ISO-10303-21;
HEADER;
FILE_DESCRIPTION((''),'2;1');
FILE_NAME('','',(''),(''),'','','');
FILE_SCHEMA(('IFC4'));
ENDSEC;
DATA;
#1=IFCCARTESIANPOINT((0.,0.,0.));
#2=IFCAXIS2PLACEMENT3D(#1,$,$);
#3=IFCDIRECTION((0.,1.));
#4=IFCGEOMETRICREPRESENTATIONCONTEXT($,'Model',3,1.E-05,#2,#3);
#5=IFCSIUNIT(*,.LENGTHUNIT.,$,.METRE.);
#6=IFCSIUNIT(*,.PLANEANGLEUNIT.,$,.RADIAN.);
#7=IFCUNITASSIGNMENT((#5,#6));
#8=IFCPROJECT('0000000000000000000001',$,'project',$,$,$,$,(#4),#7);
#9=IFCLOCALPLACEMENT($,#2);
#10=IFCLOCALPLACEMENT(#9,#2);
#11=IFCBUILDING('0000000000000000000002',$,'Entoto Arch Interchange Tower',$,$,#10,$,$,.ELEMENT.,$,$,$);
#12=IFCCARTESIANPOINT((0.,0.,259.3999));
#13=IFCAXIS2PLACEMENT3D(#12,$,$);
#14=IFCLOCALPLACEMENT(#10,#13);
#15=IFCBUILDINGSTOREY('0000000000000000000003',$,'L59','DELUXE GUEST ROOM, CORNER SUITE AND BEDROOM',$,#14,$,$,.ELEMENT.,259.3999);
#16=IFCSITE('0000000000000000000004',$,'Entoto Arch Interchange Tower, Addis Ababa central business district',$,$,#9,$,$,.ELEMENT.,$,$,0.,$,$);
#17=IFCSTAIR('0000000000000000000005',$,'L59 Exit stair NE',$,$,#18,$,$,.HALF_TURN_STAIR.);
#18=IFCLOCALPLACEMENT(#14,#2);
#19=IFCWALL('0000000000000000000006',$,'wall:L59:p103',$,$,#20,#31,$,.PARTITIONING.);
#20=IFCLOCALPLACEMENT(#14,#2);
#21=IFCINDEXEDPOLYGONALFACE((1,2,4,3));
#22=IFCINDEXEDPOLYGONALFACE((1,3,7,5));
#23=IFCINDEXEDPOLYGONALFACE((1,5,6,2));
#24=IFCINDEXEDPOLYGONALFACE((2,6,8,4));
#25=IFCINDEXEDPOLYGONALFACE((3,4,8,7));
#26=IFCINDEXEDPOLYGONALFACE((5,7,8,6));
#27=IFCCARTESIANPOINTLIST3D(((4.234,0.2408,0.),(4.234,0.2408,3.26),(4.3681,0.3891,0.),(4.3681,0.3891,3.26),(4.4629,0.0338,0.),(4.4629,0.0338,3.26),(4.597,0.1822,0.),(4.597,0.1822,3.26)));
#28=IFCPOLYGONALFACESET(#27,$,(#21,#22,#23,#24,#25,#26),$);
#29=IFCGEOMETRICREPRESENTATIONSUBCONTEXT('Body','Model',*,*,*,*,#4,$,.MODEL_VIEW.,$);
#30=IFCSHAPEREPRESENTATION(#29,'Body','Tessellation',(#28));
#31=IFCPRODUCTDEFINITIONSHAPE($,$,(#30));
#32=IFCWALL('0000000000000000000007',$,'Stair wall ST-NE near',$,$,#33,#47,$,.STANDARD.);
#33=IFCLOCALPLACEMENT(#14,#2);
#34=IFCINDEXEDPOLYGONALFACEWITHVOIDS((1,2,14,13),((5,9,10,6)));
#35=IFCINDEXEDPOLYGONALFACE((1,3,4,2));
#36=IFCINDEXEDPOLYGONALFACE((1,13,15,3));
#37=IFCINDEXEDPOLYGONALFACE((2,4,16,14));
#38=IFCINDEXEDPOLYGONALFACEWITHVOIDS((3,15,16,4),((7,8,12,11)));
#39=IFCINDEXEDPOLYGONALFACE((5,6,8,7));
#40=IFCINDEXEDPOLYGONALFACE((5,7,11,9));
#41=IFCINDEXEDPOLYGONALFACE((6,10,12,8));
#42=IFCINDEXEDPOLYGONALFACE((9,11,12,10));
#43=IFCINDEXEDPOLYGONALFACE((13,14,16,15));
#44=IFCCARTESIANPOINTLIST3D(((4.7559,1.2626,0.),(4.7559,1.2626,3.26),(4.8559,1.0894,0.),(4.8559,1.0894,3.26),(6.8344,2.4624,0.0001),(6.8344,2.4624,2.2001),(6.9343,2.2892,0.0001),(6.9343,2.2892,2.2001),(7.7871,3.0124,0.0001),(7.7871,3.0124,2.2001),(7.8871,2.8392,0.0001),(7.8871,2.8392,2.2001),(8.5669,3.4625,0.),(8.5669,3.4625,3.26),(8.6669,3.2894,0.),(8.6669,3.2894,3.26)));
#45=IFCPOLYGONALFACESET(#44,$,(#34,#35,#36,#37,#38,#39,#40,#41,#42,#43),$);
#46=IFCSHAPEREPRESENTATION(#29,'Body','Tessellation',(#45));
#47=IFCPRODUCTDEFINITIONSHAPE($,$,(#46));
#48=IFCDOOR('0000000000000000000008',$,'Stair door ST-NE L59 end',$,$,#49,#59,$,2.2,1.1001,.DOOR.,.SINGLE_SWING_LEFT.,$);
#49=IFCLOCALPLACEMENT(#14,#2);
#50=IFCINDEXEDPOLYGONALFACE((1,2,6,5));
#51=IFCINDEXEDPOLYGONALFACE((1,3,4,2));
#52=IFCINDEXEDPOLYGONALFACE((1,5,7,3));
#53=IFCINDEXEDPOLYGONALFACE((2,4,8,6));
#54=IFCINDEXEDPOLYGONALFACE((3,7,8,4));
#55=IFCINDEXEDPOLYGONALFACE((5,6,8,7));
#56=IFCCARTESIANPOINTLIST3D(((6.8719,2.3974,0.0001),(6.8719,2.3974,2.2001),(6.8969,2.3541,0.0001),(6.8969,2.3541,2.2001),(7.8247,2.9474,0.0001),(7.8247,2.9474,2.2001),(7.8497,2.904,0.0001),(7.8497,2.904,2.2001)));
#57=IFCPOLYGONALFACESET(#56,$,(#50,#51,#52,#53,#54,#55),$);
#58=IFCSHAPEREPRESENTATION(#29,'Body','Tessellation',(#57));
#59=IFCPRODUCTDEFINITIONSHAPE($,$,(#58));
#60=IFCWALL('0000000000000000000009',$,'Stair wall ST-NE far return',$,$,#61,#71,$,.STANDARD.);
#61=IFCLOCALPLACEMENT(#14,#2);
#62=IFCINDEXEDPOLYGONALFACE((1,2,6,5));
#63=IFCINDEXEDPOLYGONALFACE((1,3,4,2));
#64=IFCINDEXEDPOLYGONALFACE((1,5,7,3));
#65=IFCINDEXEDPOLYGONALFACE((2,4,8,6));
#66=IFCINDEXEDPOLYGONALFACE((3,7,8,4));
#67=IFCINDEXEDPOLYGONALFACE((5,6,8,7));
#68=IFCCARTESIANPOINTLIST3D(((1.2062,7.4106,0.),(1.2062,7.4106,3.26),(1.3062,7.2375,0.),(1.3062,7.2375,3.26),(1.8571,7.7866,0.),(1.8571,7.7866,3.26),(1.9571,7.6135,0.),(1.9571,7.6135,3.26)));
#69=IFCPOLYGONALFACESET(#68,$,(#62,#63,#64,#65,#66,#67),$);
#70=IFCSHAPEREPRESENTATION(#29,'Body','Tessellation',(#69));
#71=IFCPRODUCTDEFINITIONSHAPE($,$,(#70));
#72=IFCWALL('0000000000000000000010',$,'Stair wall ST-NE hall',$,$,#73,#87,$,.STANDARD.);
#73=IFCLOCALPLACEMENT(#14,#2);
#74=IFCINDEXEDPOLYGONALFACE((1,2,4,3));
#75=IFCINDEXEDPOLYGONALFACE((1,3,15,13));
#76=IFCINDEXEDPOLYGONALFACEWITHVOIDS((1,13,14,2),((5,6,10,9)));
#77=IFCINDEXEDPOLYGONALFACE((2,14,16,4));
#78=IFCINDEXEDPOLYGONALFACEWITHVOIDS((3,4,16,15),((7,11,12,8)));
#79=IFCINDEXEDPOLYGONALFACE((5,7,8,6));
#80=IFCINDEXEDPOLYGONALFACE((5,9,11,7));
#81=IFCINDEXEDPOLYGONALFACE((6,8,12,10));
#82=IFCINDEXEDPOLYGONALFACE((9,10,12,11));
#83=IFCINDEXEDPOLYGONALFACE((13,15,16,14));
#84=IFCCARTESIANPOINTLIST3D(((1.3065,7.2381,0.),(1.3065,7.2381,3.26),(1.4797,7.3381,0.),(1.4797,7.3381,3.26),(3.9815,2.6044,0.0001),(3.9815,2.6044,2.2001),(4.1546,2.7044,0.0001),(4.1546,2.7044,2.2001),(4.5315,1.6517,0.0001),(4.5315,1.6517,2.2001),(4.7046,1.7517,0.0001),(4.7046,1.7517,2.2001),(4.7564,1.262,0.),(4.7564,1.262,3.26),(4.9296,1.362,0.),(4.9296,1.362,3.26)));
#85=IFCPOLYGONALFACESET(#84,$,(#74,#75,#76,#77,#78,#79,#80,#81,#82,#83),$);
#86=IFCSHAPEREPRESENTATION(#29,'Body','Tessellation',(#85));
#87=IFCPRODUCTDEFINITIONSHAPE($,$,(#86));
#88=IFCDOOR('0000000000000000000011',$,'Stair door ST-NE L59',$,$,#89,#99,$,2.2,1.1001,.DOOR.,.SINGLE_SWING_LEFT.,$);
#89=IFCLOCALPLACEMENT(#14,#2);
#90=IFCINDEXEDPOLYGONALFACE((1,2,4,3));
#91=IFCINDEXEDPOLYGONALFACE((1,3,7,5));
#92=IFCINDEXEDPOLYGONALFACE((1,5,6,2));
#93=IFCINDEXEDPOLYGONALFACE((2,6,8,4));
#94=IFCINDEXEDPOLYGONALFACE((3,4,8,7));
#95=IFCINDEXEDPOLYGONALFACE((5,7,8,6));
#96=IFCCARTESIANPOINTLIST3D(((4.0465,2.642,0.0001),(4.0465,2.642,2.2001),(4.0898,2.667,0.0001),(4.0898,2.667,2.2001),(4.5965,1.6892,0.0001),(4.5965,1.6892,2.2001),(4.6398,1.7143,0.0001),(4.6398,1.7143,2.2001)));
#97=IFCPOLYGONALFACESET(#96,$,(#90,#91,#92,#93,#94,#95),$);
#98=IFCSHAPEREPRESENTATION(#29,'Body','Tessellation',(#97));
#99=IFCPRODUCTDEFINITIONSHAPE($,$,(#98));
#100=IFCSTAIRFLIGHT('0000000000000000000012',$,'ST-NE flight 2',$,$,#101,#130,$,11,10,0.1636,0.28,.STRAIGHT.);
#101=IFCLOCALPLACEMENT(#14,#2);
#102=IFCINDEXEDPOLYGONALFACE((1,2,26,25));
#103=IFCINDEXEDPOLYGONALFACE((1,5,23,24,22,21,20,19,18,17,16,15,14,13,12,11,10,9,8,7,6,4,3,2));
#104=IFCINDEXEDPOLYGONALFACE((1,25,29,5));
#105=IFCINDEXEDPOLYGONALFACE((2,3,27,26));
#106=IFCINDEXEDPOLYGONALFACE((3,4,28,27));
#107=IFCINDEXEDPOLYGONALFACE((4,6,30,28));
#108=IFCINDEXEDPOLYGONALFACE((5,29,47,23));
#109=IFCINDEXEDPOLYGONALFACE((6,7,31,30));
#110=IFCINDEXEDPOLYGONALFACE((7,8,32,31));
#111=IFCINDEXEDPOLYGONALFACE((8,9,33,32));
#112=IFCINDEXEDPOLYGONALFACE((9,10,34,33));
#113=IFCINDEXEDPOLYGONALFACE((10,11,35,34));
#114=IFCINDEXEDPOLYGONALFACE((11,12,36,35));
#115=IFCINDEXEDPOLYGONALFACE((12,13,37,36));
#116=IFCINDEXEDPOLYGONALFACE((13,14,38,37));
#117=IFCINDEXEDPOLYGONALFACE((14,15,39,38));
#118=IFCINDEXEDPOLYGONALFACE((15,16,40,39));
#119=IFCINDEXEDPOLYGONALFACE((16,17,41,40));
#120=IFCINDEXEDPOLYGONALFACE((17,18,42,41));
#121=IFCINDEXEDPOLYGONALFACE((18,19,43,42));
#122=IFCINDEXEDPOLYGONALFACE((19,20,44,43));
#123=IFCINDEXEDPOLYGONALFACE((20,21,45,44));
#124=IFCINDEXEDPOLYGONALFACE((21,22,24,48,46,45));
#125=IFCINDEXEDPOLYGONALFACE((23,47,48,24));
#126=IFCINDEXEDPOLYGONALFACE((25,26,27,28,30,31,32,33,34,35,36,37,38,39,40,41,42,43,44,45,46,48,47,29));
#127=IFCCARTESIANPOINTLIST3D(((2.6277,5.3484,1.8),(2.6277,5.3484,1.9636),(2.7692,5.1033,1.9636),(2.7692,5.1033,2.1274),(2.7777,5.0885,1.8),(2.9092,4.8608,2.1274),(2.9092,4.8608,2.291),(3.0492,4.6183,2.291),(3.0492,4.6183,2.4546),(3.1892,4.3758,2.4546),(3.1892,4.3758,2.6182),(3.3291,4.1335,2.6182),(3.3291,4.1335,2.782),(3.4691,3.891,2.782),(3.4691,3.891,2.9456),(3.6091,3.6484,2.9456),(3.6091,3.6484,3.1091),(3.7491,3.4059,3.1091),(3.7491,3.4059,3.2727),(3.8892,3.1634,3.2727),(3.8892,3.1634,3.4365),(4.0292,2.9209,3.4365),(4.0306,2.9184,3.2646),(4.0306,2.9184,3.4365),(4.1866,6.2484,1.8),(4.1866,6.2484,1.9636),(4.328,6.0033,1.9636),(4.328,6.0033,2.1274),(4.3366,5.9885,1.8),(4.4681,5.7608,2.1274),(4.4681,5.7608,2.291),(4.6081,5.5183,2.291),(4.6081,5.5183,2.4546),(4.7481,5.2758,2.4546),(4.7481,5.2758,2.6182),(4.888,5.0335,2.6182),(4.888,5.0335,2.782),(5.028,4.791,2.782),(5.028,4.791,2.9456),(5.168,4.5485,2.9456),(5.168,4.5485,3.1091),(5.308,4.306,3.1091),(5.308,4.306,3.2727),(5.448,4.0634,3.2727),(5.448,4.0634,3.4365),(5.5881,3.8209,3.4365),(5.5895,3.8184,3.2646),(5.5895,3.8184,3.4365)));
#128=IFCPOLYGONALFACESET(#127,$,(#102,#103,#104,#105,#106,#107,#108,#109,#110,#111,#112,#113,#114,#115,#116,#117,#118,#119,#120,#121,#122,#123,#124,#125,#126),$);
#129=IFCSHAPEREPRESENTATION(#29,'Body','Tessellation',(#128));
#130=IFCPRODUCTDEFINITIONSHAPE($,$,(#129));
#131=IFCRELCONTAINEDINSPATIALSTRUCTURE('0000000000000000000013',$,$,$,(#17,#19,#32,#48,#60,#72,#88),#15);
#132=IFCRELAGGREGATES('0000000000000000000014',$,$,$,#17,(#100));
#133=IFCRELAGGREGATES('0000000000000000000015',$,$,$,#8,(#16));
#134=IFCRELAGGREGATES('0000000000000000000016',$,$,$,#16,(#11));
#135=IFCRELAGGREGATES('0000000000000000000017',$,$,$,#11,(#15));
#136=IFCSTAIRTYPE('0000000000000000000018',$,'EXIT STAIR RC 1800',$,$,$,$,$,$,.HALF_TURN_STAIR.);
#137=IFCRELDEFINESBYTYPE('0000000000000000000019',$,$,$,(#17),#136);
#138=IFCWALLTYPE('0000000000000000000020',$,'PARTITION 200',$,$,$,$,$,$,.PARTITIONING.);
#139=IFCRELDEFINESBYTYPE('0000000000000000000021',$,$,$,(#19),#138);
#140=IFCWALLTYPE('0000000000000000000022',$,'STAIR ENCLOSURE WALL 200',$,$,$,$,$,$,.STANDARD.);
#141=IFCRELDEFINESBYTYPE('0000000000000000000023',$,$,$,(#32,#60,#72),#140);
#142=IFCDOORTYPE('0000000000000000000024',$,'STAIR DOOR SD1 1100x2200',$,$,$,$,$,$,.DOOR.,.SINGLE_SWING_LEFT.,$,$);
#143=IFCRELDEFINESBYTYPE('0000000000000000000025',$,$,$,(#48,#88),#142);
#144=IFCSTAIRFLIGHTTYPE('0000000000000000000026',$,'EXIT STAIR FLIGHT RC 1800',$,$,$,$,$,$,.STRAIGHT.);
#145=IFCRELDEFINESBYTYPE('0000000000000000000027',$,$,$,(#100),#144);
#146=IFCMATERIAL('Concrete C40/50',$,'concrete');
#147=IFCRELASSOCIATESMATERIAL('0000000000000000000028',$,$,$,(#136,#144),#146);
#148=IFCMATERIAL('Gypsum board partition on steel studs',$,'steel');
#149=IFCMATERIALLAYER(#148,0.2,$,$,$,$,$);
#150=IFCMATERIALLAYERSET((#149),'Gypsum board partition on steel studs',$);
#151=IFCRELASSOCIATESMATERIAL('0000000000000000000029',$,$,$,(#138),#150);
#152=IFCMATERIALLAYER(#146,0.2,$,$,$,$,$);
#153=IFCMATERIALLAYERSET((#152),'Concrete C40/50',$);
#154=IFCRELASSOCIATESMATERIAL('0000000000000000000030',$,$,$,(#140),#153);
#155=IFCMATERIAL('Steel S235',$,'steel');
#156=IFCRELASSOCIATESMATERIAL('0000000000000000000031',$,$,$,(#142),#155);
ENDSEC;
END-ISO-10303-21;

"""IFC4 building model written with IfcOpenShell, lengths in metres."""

from ifc_helpers import new_model, si_unit, direction, frame, frame_2d, origin, place, context, subcontext, project, spatial, polyline, rectangle, outline, extrude, material, layer, layer_set, type_object, element, fill, aggregate, save


model = new_model("IFC4")

# Units and contexts
model_context = context("Model", 3, precision=1e-05, world=origin(), true_north=direction((0.0, 1.0)))
body_context = subcontext(model_context, "Body", "Model", "MODEL_VIEW")
ifc_project = project(units=[si_unit("LENGTHUNIT", "METRE"), si_unit("PLANEANGLEUNIT", "RADIAN")], contexts=[model_context])

# Site, building, storey
site_placement = place(None, origin())
site = spatial("IfcSite", under=ifc_project, at=site_placement, Name="Entoto Arch Interchange Tower, Addis Ababa central business district", CompositionType="ELEMENT", RefElevation=0.0)
building_placement = place(site_placement, origin())
building = spatial("IfcBuilding", under=site, at=building_placement, Name="Entoto Arch Interchange Tower", CompositionType="ELEMENT")
storey_placement = place(building_placement, frame((0.0, 0.0, 259.3999)))
storey = spatial("IfcBuildingStorey", under=building, at=storey_placement, Name="L59", Description="DELUXE GUEST ROOM, CORNER SUITE AND BEDROOM", CompositionType="ELEMENT", Elevation=259.3999)

# Stair
ifc_material_1 = material(Name="Concrete C40/50", Category="concrete")
stair_type = type_object("IfcStairType", Name="EXIT STAIR RC 1800", PredefinedType="HALF_TURN_STAIR", material=ifc_material_1)
stair_1_placement = place(storey_placement, origin())
stair_1 = element("IfcStair", 1, at=stair_1_placement, inside=storey, type_object=stair_type, Name="L59 Exit stair NE", PredefinedType="HALF_TURN_STAIR")

# Shared definitions
ifc_material_2 = material(Name="Gypsum board partition on steel studs", Category="steel")
ifc_layer_1 = layer(ifc_material_2, 0.2)
ifc_layer_set_1 = layer_set([ifc_layer_1], Name="Gypsum board partition on steel studs")
wall_type_1 = type_object("IfcWallType", Name="PARTITION 200", PredefinedType="PARTITIONING", material=ifc_layer_set_1)

# Wall
wall_1_placement = place(storey_placement, frame((4.301, 0.3149, 0.0), z_axis=(0.0, 0.0, 1.0), x_axis=(0.741798, -0.670623, 0.0)))
element("IfcWall", 2, at=wall_1_placement, inside=storey, type_object=wall_type_1, Name="wall:L59:p103", PredefinedType="PARTITIONING", context=body_context, shape_type="SweptSolid", body=[
    extrude(rectangle(XDim=0.3086, YDim=0.2, at=frame_2d((0.1543, 0.0))), origin(), (0.0, 0.0, 1.0), 3.26),
])

# Wall, opening, door
ifc_layer_2 = layer(ifc_material_1, 0.2)
ifc_layer_set_2 = layer_set([ifc_layer_2], Name="Concrete C40/50")
wall_type_2 = type_object("IfcWallType", Name="STAIR ENCLOSURE WALL 200", PredefinedType="STANDARD", material=ifc_layer_set_2)
wall_2_placement = place(storey_placement, frame((4.8059, 1.176, 0.0), z_axis=(0.0, 0.0, 1.0), x_axis=(0.86606, 0.49994, 0.0)))
wall_2 = element("IfcWall", 3, at=wall_2_placement, inside=storey, type_object=wall_type_2, Name="Stair wall ST-NE near", PredefinedType="STANDARD", context=body_context, shape_type="SweptSolid", body=[
    extrude(rectangle(XDim=4.4004, YDim=0.2, at=frame_2d((2.2002, 0.0))), origin(), (0.0, 0.0, 1.0), 3.26),
])
opening_1_placement = place(wall_2_placement, frame((2.3999, 0.0, 0.0)))
opening_1 = element("IfcOpeningElement", 4, at=opening_1_placement, cuts=wall_2, PredefinedType="OPENING", context=body_context, shape_type="SweptSolid", body=[
    extrude(rectangle(XDim=1.1001, YDim=2.2, at=frame_2d((0.55, 1.1001))), frame((0.0, 0.1099, 0.0), z_axis=(0.0, -1.0, 0.0), x_axis=(1.0, 0.0, 0.0)), (0.0, 0.0, 1.0), 0.22),
])
ifc_material_3 = material(Name="Steel S235", Category="steel")
door_type_1 = type_object("IfcDoorType", Name="STAIR DOOR SD1 1100x2200", OperationType="SINGLE_SWING_LEFT", PredefinedType="DOOR", material=ifc_material_3)
door_1_placement = place(opening_1_placement, origin())
door_1 = element("IfcDoor", 5, at=door_1_placement, inside=storey, type_object=door_type_1, Name="Stair door ST-NE L59 end", OperationType="SINGLE_SWING_LEFT", OverallHeight=2.2, OverallWidth=1.1001, PredefinedType="DOOR", context=body_context, shape_type="SweptSolid", body=[
    extrude(rectangle(XDim=1.1001, YDim=2.2, at=frame_2d((0.55, 1.1001))), frame((0.0, 0.0249, 0.0), z_axis=(0.0, -1.0, 0.0), x_axis=(1.0, 0.0, 0.0)), (0.0, 0.0, 1.0), 0.05),
])
fill(opening_1, door_1)

# Wall
wall_3_placement = place(storey_placement, frame((1.2561, 7.324, 0.0), z_axis=(0.0, 0.0, 1.0), x_axis=(0.865915, 0.500191, 0.0)))
element("IfcWall", 6, at=wall_3_placement, inside=storey, type_object=wall_type_2, Name="Stair wall ST-NE far return", PredefinedType="STANDARD", context=body_context, shape_type="SweptSolid", body=[
    extrude(rectangle(XDim=0.7517, YDim=0.2, at=frame_2d((0.376, 0.0))), origin(), (0.0, 0.0, 1.0), 3.26),
])

# Wall, opening, door
wall_4_placement = place(storey_placement, frame((4.843, 1.312, 0.0), z_axis=(0.0, 0.0, 1.0), x_axis=(-0.499963, 0.866047, 0.0)))
wall_4 = element("IfcWall", 7, at=wall_4_placement, inside=storey, type_object=wall_type_2, Name="Stair wall ST-NE hall", PredefinedType="STANDARD", context=body_context, shape_type="SweptSolid", body=[
    extrude(rectangle(XDim=6.9004, YDim=0.2, at=frame_2d((3.4502, 0.0))), origin(), (0.0, 0.0, 1.0), 3.26),
])
opening_2_placement = place(wall_4_placement, frame((0.45, 0.0, 0.0)))
opening_2 = element("IfcOpeningElement", 8, at=opening_2_placement, cuts=wall_4, PredefinedType="OPENING", context=body_context, shape_type="SweptSolid", body=[
    extrude(rectangle(XDim=1.1001, YDim=2.2, at=frame_2d((0.55, 1.1001))), frame((0.0, 0.1099, 0.0), z_axis=(0.0, -1.0, 0.0), x_axis=(1.0, 0.0, 0.0)), (0.0, 0.0, 1.0), 0.22),
])
door_2_placement = place(opening_2_placement, origin())
door_2 = element("IfcDoor", 9, at=door_2_placement, inside=storey, type_object=door_type_1, Name="Stair door ST-NE L59", OperationType="SINGLE_SWING_LEFT", OverallHeight=2.2, OverallWidth=1.1001, PredefinedType="DOOR", context=body_context, shape_type="SweptSolid", body=[
    extrude(rectangle(XDim=1.1001, YDim=2.2, at=frame_2d((0.55, 1.1001))), frame((0.0, 0.0249, 0.0), z_axis=(0.0, -1.0, 0.0), x_axis=(1.0, 0.0, 0.0)), (0.0, 0.0, 1.0), 0.05),
])
fill(opening_2, door_2)

# Stair flight
stair_flight_type = type_object("IfcStairFlightType", Name="EXIT STAIR FLIGHT RC 1800", PredefinedType="STRAIGHT", material=ifc_material_1)
stair_flight_placement = place(storey_placement, frame((3.4087, 5.7959, 1.8), z_axis=(0.0, 0.0, 1.0), x_axis=(0.5, -0.866025, 0.0)))
stair_flight = element("IfcStairFlight", 10, at=stair_flight_placement, type_object=stair_flight_type, Name="ST-NE flight 2", NumberOfRisers=11, NumberOfTreads=10, PredefinedType="STRAIGHT", RiserHeight=0.1636, TreadLength=0.28, context=body_context, shape_type="SweptSolid", body=[
    extrude(outline(polyline([(-0.0029, 0.0), (-0.0029, 0.1636), (0.28, 0.1636), (0.28, 0.3274), (0.5601, 0.3274), (0.5601, 0.491), (0.8401, 0.491), (0.8401, 0.6545), (1.1201, 0.6545), (1.1201, 0.8181), (1.3999, 0.8181), (1.3999, 0.9819), (1.6799, 0.9819), (1.6799, 1.1455), (1.96, 1.1455), (1.96, 1.3091), (2.24, 1.3091), (2.24, 1.4727), (2.52, 1.4727), (2.52, 1.6365), (2.8, 1.6365), (2.803, 1.6365), (2.803, 1.4646), (0.2971, 0.0), (-0.0029, 0.0)])), frame((0.0, 0.8999, 0.0), z_axis=(0.0, -1.0, 0.0), x_axis=(1.0, 0.0, 0.0)), (0.0, 0.0, 1.0), 1.8),
])
aggregate(stair_1, [stair_flight])

save(model, "model.ifc")
